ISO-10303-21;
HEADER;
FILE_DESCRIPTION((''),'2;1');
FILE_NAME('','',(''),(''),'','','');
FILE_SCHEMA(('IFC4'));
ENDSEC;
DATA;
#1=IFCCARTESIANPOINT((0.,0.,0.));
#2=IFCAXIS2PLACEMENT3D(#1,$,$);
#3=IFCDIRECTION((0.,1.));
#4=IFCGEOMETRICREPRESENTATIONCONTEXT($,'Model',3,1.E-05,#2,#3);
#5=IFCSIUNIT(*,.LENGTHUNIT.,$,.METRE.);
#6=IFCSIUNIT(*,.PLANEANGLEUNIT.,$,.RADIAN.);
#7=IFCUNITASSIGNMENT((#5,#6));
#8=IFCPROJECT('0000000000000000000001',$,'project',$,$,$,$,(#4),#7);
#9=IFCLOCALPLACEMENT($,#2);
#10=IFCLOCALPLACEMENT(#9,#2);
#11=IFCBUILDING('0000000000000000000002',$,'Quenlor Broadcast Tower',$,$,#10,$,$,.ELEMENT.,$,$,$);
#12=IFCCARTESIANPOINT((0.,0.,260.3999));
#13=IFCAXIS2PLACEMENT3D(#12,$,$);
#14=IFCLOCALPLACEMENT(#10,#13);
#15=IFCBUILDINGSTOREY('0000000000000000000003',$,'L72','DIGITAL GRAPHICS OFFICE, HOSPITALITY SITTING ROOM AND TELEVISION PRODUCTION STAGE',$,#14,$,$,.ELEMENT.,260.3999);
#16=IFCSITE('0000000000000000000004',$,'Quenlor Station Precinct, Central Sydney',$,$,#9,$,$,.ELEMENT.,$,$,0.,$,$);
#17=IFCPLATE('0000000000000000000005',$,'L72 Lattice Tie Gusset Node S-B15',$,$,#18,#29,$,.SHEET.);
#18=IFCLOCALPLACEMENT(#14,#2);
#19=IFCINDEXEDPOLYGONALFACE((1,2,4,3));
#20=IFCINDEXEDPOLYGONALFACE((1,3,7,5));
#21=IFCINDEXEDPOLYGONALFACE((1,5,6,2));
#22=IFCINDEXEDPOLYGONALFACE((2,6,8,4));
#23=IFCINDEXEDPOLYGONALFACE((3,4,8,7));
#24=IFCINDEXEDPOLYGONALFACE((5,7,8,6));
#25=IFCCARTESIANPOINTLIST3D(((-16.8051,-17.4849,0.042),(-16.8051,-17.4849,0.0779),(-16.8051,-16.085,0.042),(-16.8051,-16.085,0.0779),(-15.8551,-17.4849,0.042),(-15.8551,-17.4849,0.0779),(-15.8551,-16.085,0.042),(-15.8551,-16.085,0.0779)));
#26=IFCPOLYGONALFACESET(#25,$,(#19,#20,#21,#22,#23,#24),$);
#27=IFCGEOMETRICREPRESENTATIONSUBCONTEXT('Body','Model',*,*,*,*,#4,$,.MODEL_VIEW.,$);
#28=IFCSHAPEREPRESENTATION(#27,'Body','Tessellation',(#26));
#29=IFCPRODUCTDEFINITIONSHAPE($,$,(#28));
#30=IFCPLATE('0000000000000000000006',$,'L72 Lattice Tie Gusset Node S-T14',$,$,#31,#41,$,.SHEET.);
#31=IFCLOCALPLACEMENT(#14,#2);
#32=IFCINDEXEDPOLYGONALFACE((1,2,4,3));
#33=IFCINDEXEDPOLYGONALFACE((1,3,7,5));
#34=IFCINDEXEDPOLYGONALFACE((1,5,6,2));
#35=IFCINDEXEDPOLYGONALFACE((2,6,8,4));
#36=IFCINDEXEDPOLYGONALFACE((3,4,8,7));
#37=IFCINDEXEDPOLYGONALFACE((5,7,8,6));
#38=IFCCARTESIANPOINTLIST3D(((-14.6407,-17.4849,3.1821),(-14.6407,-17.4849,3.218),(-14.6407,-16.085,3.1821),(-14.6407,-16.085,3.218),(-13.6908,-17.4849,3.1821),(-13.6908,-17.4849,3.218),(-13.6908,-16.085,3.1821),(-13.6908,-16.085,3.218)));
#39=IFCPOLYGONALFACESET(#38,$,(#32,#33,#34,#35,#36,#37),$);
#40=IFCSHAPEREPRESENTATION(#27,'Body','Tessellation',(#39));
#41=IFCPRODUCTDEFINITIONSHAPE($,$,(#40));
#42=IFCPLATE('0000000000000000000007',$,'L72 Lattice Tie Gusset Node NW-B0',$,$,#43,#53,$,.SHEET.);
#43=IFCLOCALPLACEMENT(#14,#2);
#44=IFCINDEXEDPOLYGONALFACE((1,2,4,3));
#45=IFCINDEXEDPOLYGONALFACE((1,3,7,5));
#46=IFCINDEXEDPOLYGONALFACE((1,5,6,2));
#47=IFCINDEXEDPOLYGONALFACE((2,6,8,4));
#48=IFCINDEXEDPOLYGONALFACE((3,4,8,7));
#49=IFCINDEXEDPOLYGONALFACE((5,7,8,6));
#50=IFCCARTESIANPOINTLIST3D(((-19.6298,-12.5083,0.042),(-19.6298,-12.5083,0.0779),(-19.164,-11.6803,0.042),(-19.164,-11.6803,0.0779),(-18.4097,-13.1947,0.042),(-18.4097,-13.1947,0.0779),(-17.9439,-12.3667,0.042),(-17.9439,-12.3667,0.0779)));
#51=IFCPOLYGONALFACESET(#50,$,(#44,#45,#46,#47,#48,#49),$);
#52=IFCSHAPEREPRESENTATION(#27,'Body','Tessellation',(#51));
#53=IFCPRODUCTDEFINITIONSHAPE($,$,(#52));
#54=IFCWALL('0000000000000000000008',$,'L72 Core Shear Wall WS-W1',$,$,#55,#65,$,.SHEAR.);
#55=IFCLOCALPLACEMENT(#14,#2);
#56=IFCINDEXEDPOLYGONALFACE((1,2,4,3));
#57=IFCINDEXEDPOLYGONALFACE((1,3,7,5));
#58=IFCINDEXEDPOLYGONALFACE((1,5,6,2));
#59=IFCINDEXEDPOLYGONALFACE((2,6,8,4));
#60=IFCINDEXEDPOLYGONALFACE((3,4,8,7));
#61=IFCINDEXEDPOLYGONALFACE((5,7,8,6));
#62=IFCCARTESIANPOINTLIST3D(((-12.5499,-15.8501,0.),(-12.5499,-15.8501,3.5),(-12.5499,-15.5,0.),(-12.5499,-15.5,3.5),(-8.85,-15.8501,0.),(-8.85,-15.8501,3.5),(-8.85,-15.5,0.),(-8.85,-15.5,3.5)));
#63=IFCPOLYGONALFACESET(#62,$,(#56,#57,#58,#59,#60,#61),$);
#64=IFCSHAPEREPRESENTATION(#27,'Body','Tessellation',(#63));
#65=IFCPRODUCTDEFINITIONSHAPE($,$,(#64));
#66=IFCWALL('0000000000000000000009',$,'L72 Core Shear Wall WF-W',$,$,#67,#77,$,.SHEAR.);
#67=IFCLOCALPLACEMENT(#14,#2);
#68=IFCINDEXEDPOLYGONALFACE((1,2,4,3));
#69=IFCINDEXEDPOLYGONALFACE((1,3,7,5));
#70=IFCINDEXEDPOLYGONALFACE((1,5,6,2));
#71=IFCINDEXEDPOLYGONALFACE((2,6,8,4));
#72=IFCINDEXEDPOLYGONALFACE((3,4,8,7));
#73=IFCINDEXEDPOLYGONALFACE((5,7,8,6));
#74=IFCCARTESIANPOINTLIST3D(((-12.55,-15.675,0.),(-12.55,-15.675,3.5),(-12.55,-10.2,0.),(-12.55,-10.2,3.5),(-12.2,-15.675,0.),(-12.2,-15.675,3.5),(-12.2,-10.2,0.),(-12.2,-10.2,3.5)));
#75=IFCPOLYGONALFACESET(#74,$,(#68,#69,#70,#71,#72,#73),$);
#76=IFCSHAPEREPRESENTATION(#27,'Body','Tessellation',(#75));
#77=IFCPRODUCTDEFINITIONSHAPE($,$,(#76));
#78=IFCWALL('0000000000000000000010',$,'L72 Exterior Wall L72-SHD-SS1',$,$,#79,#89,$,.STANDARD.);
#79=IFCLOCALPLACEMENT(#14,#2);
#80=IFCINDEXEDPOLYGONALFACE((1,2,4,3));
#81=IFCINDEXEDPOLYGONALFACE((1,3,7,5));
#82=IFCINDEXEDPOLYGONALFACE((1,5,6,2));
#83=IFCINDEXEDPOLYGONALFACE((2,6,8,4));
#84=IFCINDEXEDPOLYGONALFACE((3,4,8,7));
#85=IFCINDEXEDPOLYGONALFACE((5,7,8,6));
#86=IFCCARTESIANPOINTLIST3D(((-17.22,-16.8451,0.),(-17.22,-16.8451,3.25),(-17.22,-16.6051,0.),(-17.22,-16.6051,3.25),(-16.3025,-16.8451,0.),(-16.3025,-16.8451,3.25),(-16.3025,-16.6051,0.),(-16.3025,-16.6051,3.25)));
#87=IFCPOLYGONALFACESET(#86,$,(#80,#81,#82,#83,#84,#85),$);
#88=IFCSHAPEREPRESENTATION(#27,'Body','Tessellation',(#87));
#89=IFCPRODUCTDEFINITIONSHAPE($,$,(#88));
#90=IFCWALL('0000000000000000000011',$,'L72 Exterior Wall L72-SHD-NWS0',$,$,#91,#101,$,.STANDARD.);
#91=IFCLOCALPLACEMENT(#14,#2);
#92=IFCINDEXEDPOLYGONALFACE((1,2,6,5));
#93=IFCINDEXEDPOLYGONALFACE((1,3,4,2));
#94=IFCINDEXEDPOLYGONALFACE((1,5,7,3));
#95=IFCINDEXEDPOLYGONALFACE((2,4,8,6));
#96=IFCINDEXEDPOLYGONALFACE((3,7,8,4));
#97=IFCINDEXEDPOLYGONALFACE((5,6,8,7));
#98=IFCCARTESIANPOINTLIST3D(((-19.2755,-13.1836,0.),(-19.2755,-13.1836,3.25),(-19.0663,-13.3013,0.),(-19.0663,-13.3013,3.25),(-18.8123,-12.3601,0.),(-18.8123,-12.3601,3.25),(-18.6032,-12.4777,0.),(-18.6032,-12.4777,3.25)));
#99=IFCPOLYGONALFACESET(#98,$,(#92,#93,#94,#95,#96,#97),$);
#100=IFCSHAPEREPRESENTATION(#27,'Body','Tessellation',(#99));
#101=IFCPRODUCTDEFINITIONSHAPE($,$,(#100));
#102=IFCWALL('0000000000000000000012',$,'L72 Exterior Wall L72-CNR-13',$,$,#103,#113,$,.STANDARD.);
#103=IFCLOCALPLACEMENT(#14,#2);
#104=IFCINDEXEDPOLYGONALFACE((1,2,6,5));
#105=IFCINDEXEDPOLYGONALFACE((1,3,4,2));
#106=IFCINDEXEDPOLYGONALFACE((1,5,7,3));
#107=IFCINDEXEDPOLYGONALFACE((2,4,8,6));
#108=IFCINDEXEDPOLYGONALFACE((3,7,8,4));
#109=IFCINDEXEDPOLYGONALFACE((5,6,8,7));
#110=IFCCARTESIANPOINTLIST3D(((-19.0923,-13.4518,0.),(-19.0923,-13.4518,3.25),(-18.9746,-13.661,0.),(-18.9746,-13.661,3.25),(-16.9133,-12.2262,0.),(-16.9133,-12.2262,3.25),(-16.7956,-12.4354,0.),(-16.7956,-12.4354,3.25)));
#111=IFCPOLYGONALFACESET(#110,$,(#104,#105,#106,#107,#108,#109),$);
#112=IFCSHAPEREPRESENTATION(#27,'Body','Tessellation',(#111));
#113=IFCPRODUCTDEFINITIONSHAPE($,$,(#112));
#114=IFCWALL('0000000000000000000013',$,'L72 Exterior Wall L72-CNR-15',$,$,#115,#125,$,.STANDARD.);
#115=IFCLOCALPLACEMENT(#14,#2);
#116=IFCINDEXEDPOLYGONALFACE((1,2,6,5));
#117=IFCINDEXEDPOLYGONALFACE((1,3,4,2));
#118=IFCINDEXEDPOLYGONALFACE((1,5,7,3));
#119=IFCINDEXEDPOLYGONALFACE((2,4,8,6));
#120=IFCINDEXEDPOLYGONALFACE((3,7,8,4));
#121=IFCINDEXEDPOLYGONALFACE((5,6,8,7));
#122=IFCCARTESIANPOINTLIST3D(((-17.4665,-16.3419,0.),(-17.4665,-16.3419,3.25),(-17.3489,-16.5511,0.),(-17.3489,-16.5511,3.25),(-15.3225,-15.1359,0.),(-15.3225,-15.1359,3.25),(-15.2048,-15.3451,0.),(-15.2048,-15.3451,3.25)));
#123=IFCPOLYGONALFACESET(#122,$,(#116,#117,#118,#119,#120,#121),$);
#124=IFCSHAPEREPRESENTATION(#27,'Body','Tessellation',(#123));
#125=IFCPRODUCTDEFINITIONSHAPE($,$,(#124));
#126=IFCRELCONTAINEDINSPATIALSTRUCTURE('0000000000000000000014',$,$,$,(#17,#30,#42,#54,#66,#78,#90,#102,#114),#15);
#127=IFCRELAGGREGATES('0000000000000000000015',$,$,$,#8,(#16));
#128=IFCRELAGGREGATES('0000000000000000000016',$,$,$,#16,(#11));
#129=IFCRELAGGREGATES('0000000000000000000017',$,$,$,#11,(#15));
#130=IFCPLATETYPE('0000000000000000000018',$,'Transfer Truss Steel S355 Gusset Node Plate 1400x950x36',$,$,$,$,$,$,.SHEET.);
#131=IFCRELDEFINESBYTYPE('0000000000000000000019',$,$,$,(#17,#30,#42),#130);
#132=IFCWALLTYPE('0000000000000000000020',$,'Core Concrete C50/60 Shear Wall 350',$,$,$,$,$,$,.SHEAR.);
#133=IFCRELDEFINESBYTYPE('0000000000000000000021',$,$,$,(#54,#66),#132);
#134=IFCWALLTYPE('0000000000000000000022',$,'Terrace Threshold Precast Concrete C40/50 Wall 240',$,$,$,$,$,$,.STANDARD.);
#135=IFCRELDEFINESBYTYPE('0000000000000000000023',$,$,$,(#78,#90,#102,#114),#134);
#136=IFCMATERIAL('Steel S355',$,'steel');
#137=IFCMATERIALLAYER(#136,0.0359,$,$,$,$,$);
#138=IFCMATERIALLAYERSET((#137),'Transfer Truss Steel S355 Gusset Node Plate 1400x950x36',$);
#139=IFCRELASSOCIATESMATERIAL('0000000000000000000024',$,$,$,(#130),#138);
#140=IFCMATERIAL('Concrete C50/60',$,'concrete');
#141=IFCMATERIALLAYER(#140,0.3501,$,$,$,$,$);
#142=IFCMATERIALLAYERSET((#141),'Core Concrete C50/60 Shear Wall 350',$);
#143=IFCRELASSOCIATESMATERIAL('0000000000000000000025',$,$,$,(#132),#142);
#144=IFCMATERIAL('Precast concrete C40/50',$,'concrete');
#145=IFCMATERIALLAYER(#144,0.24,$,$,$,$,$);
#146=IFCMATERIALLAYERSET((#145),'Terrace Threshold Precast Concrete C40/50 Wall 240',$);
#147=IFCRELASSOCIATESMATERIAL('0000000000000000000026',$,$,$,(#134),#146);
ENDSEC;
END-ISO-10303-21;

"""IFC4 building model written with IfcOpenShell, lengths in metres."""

from ifc_helpers import new_model, si_unit, direction, frame, frame_2d, origin, origin_2d, place, context, subcontext, project, spatial, rectangle, extrude, material, layer, layer_set, type_object, element, save


model = new_model("IFC4")

# Units and contexts
model_context = context("Model", 3, precision=1e-05, world=origin(), true_north=direction((0.0, 1.0)))
body_context = subcontext(model_context, "Body", "Model", "MODEL_VIEW")
ifc_project = project(units=[si_unit("LENGTHUNIT", "METRE"), si_unit("PLANEANGLEUNIT", "RADIAN")], contexts=[model_context])

# Site, building, storey
site_placement = place(None, origin())
site = spatial("IfcSite", under=ifc_project, at=site_placement, Name="Quenlor Station Precinct, Central Sydney", CompositionType="ELEMENT", RefElevation=0.0)
building_placement = place(site_placement, origin())
building = spatial("IfcBuilding", under=site, at=building_placement, Name="Quenlor Broadcast Tower", CompositionType="ELEMENT")
storey_placement = place(building_placement, frame((0.0, 0.0, 260.3999)))
storey = spatial("IfcBuildingStorey", under=building, at=storey_placement, Name="L72", Description="DIGITAL GRAPHICS OFFICE, HOSPITALITY SITTING ROOM AND TELEVISION PRODUCTION STAGE", CompositionType="ELEMENT", Elevation=260.3999)

# Plates
ifc_material_1 = material(Name="Steel S355", Category="steel")
ifc_layer_1 = layer(ifc_material_1, 0.0359)
ifc_layer_set_1 = layer_set([ifc_layer_1], Name="Transfer Truss Steel S355 Gusset Node Plate 1400x950x36")
plate_type = type_object("IfcPlateType", Name="Transfer Truss Steel S355 Gusset Node Plate 1400x950x36", PredefinedType="SHEET", material=ifc_layer_set_1)
for number, where, z_axis, x_axis, name in (
    (1, (-16.3301, -16.7849, 0.042), (0.0, 0.0, 1.0), (0.0, -1.0, 0.0), "L72 Lattice Tie Gusset Node S-B15"),
    (2, (-14.1658, -16.7849, 3.1821), (0.0, 0.0, 1.0), (0.0, -1.0, 0.0), "L72 Lattice Tie Gusset Node S-T14"),
    (3, (-18.7869, -12.4375, 0.042), (0.0, 0.0, 1.0), (-0.871556, 0.490295, 0.0), "L72 Lattice Tie Gusset Node NW-B0"),
):
    element("IfcPlate", number, at=place(storey_placement, frame(where, z_axis=z_axis, x_axis=x_axis)), inside=storey, type_object=plate_type, Name=name, PredefinedType="SHEET", context=body_context, shape_type="SweptSolid", body=[
        extrude(rectangle(XDim=1.3999, YDim=0.95, at=origin_2d()), origin(), (0.0, 0.0, 1.0), 0.0359),
    ])

# Walls
ifc_material_2 = material(Name="Concrete C50/60", Category="concrete")
ifc_layer_2 = layer(ifc_material_2, 0.3501)
ifc_layer_set_2 = layer_set([ifc_layer_2], Name="Core Concrete C50/60 Shear Wall 350")
wall_type_1 = type_object("IfcWallType", Name="Core Concrete C50/60 Shear Wall 350", PredefinedType="SHEAR", material=ifc_layer_set_2)
wall_1_placement = place(storey_placement, frame((-12.55, -15.675, 0.0), z_axis=(0.0, 0.0, 1.0), x_axis=(1.0, 0.0, 0.0)))
element("IfcWall", 4, at=wall_1_placement, inside=storey, type_object=wall_type_1, Name="L72 Core Shear Wall WS-W1", PredefinedType="SHEAR", context=body_context, shape_type="SweptSolid", body=[
    extrude(rectangle(XDim=3.7, YDim=0.3501, at=frame_2d((1.8501, 0.0))), origin(), (0.0, 0.0, 1.0), 3.5),
])
wall_2_placement = place(storey_placement, frame((-12.375, -15.675, 0.0), z_axis=(0.0, 0.0, 1.0), x_axis=(0.0, 1.0, 0.0)))
element("IfcWall", 5, at=wall_2_placement, inside=storey, type_object=wall_type_1, Name="L72 Core Shear Wall WF-W", PredefinedType="SHEAR", context=body_context, shape_type="SweptSolid", body=[
    extrude(rectangle(XDim=5.4751, YDim=0.3501, at=frame_2d((2.7375, 0.0))), origin(), (0.0, 0.0, 1.0), 3.5),
])
ifc_material_3 = material(Name="Precast concrete C40/50", Category="concrete")
ifc_layer_3 = layer(ifc_material_3, 0.24)
ifc_layer_set_3 = layer_set([ifc_layer_3], Name="Terrace Threshold Precast Concrete C40/50 Wall 240")
wall_type_2 = type_object("IfcWallType", Name="Terrace Threshold Precast Concrete C40/50 Wall 240", PredefinedType="STANDARD", material=ifc_layer_set_3)
wall_3_placement = place(storey_placement, frame((-16.3025, -16.7251, 0.0), z_axis=(0.0, 0.0, 1.0), x_axis=(-1.0, 0.0, 0.0)))
element("IfcWall", 6, at=wall_3_placement, inside=storey, type_object=wall_type_2, Name="L72 Exterior Wall L72-SHD-SS1", PredefinedType="STANDARD", context=body_context, shape_type="SweptSolid", body=[
    extrude(rectangle(XDim=0.9175, YDim=0.24, at=frame_2d((0.4587, 0.0))), origin(), (0.0, 0.0, 1.0), 3.25),
])
wall_4_placement = place(storey_placement, frame((-19.1709, -13.2424, 0.0), z_axis=(0.0, 0.0, 1.0), x_axis=(0.4902, 0.87161, 0.0)))
element("IfcWall", 7, at=wall_4_placement, inside=storey, type_object=wall_type_2, Name="L72 Exterior Wall L72-SHD-NWS0", PredefinedType="STANDARD", context=body_context, shape_type="SweptSolid", body=[
    extrude(rectangle(XDim=0.9448, YDim=0.24, at=frame_2d((0.4724, 0.0))), origin(), (0.0, 0.0, 1.0), 3.25),
])
wall_5_placement = place(storey_placement, frame((-19.0334, -13.5564, 0.0), z_axis=(0.0, 0.0, 1.0), x_axis=(0.871589, 0.490238, 0.0)))
element("IfcWall", 8, at=wall_5_placement, inside=storey, type_object=wall_type_2, Name="L72 Exterior Wall L72-CNR-13", PredefinedType="STANDARD", context=body_context, shape_type="SweptSolid", body=[
    extrude(rectangle(XDim=2.5, YDim=0.24, at=frame_2d((1.25, 0.0))), origin(), (0.0, 0.0, 1.0), 3.25),
])
wall_6_placement = place(storey_placement, frame((-15.2637, -15.2405, 0.0), z_axis=(0.0, 0.0, 1.0), x_axis=(-0.87157, -0.490271, 0.0)))
element("IfcWall", 9, at=wall_6_placement, inside=storey, type_object=wall_type_2, Name="L72 Exterior Wall L72-CNR-15", PredefinedType="STANDARD", context=body_context, shape_type="SweptSolid", body=[
    extrude(rectangle(XDim=2.46, YDim=0.24, at=frame_2d((1.23, 0.0))), origin(), (0.0, 0.0, 1.0), 3.25),
])

save(model, "model.ifc")
